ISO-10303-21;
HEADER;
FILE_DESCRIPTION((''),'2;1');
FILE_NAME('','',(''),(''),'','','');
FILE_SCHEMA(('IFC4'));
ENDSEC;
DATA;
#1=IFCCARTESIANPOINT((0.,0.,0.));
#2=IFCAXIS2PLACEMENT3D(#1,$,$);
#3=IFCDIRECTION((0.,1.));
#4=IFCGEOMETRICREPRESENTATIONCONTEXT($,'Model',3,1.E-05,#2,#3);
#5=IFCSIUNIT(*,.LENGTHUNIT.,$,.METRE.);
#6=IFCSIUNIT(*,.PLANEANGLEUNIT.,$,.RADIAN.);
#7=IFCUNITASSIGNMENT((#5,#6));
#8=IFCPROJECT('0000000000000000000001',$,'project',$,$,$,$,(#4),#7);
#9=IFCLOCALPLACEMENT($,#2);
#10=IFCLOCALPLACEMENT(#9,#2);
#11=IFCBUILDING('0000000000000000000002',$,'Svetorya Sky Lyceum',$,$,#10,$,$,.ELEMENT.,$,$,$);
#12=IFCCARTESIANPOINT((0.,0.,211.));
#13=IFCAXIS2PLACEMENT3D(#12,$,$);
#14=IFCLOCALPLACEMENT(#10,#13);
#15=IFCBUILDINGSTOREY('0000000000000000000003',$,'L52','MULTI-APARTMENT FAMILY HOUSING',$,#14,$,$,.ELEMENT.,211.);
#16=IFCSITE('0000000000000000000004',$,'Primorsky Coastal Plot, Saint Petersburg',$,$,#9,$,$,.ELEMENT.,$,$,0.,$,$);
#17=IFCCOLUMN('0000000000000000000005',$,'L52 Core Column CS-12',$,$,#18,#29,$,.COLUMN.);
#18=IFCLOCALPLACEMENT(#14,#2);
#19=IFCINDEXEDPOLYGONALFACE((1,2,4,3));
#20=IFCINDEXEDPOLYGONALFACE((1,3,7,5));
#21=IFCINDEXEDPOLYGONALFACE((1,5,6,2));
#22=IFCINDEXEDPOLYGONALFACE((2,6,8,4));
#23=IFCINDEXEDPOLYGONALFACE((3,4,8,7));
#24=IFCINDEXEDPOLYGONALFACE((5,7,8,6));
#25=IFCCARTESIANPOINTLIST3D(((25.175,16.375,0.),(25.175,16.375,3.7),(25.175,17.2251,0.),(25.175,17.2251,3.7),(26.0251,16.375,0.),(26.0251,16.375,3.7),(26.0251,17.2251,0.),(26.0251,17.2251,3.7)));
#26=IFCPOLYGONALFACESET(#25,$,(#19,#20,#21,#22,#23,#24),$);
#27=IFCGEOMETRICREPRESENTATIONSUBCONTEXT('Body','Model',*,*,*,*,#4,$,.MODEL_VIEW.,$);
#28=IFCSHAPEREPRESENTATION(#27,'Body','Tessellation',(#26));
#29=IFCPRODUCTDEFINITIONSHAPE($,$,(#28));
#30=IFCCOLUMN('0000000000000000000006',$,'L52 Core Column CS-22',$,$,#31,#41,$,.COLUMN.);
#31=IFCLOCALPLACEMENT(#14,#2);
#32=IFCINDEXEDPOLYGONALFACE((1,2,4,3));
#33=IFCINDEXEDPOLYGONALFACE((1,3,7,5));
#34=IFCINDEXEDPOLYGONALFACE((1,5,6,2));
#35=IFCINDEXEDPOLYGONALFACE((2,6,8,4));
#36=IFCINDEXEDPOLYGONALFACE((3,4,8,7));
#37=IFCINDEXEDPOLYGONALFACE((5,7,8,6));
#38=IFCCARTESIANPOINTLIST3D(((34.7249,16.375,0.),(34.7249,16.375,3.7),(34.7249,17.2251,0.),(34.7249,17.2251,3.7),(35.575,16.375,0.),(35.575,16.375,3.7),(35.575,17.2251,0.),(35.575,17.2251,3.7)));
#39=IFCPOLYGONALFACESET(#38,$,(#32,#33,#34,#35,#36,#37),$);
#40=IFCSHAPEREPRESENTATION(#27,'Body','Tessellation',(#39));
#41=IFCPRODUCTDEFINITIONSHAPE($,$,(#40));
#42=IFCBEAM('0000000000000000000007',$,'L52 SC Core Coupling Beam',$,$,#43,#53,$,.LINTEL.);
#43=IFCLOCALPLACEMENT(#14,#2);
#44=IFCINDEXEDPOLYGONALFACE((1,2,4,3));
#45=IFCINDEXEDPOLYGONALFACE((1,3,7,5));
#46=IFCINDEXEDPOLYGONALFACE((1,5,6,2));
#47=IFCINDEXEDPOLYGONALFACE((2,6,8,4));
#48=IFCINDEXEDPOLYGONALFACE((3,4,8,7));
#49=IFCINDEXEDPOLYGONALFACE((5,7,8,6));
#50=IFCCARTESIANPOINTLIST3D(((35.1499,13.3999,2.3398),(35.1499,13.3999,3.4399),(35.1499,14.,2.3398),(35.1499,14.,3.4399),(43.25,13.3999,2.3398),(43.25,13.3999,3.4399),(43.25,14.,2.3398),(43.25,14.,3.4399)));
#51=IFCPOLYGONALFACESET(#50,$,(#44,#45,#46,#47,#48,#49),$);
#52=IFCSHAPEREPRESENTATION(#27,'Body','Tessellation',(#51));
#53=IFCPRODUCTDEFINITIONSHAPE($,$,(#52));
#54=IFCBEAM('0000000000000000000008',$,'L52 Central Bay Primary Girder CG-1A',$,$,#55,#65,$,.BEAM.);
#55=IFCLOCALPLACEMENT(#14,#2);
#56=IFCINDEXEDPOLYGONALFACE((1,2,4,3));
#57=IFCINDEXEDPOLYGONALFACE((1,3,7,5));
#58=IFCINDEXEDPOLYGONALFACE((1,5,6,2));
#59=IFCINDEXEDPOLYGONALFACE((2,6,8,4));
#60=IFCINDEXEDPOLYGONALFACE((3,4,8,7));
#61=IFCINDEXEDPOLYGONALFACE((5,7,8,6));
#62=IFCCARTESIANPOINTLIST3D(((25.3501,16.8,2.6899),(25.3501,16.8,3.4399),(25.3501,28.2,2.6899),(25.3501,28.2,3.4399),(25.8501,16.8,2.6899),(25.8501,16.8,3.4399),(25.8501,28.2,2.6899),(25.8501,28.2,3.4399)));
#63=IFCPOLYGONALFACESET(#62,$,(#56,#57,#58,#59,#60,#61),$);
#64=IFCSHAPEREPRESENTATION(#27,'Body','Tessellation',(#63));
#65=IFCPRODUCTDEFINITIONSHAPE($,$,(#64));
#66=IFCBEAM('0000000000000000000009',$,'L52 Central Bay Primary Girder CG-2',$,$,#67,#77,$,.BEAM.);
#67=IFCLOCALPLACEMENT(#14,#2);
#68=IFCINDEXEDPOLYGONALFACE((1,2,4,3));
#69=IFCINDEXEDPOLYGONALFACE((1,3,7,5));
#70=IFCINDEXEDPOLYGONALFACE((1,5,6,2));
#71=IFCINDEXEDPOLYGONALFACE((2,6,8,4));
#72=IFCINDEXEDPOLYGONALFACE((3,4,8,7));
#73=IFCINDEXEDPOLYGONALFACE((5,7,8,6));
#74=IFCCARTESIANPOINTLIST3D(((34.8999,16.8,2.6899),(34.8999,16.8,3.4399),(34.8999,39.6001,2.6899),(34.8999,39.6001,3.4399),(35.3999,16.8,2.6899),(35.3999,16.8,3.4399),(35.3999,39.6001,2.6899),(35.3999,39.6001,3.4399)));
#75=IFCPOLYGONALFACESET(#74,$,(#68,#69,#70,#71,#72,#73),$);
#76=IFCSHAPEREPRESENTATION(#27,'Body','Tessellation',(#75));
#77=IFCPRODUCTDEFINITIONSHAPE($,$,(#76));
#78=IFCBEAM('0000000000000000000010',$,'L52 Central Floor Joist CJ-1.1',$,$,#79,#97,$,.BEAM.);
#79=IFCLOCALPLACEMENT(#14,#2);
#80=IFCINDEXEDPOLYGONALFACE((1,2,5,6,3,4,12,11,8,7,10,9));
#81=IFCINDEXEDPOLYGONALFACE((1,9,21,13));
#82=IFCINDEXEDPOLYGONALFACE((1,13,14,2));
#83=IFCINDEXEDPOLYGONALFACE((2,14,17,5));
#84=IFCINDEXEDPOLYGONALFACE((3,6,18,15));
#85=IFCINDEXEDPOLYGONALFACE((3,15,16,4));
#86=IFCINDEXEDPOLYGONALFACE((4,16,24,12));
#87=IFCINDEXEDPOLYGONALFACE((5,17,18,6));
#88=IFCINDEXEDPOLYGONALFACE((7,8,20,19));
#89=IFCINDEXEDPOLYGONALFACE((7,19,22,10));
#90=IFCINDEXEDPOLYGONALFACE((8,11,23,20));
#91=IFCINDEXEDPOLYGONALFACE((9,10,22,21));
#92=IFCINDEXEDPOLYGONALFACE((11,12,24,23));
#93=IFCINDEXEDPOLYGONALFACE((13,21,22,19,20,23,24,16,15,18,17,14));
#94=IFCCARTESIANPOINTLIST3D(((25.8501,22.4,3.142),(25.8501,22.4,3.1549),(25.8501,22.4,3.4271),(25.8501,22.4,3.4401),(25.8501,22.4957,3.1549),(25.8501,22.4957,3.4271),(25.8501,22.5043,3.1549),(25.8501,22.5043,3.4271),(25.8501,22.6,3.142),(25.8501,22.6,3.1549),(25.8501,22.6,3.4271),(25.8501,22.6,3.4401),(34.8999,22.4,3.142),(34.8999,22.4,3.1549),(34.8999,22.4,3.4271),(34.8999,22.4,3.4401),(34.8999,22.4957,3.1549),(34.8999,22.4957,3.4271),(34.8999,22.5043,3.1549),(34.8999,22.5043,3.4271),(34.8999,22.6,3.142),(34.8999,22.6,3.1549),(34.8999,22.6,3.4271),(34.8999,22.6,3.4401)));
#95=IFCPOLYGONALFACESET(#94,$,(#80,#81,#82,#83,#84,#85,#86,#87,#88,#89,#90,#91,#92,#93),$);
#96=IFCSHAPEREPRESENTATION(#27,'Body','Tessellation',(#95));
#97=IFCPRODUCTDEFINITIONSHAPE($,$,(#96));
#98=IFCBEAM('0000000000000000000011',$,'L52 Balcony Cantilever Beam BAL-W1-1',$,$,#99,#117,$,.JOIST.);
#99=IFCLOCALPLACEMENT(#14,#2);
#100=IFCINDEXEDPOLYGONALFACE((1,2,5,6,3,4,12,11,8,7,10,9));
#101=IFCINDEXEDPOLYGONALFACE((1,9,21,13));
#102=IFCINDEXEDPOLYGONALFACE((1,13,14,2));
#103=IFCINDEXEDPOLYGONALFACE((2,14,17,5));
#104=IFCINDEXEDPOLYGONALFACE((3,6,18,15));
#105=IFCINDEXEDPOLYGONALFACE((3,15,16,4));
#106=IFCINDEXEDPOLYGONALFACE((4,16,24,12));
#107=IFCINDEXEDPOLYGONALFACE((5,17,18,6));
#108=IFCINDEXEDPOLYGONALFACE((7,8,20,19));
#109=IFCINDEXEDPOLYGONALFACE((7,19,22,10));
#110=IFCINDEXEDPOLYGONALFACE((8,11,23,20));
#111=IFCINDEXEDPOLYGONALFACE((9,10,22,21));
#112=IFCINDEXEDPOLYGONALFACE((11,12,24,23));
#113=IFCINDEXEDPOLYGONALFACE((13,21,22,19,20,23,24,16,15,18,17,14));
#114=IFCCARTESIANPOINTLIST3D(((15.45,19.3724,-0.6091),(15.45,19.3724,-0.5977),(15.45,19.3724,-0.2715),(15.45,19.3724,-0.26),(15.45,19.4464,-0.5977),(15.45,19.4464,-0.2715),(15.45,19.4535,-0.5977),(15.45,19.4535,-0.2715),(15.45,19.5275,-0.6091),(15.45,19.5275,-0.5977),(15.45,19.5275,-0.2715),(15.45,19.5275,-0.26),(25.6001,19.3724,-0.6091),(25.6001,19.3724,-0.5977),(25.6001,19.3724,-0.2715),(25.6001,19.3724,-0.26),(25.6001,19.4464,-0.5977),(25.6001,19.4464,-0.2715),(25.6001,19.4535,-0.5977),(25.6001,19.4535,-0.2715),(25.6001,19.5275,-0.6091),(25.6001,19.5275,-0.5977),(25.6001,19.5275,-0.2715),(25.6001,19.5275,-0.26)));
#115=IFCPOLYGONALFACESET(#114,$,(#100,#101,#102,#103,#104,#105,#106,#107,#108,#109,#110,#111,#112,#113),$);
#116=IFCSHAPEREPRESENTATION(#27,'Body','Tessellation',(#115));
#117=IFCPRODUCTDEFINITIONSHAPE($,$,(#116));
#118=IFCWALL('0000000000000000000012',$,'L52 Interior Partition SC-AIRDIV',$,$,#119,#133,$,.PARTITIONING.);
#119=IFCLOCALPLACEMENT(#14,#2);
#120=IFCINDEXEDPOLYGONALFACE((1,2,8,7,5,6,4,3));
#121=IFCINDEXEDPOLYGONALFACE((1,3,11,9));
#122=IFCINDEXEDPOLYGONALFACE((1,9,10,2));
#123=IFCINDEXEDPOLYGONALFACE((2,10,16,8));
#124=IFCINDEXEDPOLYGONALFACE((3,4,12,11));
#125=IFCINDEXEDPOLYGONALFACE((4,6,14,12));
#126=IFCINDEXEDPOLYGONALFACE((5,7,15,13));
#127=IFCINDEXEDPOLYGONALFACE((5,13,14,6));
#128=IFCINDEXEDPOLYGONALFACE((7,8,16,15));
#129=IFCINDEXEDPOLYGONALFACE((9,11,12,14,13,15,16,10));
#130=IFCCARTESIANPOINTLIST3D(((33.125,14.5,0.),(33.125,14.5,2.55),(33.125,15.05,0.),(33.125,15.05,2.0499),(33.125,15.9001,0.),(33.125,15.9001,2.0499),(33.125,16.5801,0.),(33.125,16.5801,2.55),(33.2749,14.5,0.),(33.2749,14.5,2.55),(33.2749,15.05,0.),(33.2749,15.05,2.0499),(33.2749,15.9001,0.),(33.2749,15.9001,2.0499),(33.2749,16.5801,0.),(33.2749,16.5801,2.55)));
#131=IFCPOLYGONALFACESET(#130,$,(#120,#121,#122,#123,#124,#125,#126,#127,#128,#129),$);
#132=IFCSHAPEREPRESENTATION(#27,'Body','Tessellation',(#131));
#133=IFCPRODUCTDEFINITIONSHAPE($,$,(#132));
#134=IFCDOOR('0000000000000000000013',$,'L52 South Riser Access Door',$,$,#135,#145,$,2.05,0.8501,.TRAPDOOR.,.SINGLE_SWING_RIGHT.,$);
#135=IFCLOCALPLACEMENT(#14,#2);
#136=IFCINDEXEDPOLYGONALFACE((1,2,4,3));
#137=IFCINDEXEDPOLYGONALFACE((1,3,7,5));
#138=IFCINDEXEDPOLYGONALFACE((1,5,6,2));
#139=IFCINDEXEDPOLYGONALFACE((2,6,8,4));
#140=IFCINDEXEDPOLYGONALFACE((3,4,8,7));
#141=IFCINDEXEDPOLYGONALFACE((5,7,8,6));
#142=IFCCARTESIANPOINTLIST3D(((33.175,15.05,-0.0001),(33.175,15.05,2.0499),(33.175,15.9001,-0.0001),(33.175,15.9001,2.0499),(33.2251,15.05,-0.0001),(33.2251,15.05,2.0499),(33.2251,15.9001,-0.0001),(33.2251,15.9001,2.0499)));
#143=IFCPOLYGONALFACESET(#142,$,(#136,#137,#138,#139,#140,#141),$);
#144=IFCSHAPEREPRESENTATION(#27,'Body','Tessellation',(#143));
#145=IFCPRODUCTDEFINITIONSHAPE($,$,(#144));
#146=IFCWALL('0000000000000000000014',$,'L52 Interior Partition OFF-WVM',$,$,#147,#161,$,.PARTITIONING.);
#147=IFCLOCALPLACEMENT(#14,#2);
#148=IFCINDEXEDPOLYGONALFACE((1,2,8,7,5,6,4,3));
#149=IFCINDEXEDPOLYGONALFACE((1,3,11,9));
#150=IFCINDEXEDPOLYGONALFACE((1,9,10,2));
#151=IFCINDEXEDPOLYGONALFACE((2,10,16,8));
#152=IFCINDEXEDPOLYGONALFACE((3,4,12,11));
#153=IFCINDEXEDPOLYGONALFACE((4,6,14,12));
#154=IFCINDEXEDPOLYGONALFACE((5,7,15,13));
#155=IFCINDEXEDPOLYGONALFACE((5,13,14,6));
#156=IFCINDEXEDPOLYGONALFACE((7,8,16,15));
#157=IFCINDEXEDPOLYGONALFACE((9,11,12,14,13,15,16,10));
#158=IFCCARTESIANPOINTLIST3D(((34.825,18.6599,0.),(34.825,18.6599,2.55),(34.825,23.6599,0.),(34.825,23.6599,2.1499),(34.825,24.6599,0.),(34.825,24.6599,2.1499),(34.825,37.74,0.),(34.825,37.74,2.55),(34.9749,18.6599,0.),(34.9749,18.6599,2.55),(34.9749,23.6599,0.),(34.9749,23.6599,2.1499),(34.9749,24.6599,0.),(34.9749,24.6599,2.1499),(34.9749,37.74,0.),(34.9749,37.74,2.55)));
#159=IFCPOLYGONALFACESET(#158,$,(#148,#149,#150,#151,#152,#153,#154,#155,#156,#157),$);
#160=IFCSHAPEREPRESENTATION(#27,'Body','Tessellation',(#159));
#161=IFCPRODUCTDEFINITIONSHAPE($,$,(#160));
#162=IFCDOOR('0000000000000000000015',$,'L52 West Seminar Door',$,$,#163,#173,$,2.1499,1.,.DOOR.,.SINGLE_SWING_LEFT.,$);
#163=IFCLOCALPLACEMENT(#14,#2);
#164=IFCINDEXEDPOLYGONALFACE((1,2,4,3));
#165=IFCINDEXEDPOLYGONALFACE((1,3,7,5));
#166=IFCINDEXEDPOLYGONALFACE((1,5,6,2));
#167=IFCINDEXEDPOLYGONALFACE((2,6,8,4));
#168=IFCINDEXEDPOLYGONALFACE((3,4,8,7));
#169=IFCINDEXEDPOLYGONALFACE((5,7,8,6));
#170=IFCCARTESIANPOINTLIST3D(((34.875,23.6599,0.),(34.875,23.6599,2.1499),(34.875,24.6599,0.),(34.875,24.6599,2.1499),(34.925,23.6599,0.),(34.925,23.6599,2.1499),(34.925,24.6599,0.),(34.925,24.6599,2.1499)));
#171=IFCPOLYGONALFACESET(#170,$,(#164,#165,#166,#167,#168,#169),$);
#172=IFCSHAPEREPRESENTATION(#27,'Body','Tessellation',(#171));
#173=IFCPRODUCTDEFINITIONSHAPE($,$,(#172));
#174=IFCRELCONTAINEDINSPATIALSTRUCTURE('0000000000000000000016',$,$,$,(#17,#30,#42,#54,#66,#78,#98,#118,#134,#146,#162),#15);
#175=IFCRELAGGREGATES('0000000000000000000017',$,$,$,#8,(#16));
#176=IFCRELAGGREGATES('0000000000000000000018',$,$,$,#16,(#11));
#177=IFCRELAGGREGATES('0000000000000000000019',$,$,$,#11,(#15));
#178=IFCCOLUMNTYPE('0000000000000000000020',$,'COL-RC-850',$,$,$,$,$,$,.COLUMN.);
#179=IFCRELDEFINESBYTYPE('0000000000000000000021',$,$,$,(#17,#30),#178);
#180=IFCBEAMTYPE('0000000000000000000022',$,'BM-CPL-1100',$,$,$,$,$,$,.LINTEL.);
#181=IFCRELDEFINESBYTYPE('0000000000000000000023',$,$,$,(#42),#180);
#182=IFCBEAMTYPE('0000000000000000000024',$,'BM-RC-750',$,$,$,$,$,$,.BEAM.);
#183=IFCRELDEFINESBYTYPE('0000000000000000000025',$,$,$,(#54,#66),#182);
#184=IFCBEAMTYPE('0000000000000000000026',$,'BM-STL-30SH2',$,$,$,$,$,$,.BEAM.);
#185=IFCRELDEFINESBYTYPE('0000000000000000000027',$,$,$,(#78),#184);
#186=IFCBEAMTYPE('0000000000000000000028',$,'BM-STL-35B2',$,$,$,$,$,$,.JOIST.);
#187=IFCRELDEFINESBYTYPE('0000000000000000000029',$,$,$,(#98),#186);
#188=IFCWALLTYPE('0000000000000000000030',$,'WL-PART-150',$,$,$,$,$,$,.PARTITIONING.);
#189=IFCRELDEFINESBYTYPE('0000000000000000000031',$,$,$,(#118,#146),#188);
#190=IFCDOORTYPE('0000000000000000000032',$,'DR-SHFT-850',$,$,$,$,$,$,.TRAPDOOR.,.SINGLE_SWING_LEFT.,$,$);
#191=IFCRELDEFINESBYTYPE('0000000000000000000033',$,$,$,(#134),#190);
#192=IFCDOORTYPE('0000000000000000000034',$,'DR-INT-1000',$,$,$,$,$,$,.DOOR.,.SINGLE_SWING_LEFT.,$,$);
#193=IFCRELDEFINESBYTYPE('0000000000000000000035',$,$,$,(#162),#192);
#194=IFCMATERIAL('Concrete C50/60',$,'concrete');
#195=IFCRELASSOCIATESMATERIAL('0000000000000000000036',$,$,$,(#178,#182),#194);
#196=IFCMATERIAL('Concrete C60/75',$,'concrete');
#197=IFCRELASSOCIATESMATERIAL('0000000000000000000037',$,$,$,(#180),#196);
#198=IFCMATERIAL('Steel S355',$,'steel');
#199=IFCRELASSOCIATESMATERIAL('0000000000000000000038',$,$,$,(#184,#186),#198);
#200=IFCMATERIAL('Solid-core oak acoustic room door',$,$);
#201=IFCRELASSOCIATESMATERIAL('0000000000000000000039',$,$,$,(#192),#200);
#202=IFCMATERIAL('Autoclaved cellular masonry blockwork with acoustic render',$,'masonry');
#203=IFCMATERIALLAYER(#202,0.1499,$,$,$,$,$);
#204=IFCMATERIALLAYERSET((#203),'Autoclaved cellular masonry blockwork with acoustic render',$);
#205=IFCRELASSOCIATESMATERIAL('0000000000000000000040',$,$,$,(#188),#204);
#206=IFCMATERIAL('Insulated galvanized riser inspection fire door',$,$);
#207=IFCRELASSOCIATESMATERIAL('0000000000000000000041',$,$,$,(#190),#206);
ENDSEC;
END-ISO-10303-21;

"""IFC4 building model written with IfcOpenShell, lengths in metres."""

from ifc_helpers import new_model, si_unit, direction, frame, frame_2d, origin, origin_2d, place, context, subcontext, project, spatial, rectangle, i_section, extrude, material, layer, layer_set, material_profile, profile_set, type_object, element, fill, save


model = new_model("IFC4")

# Units and contexts
model_context = context("Model", 3, precision=1e-05, world=origin(), true_north=direction((0.0, 1.0)))
body_context = subcontext(model_context, "Body", "Model", "MODEL_VIEW")
ifc_project = project(units=[si_unit("LENGTHUNIT", "METRE"), si_unit("PLANEANGLEUNIT", "RADIAN")], contexts=[model_context])

# Site, building, storey
site_placement = place(None, origin())
site = spatial("IfcSite", under=ifc_project, at=site_placement, Name="Primorsky Coastal Plot, Saint Petersburg", CompositionType="ELEMENT", RefElevation=0.0)
building_placement = place(site_placement, origin())
building = spatial("IfcBuilding", under=site, at=building_placement, Name="Svetorya Sky Lyceum", CompositionType="ELEMENT")
storey_placement = place(building_placement, frame((0.0, 0.0, 211.0)))
storey = spatial("IfcBuildingStorey", under=building, at=storey_placement, Name="L52", Description="MULTI-APARTMENT FAMILY HOUSING", CompositionType="ELEMENT", Elevation=211.0)

# Columns
ifc_material_1 = material(Name="Concrete C50/60", Category="concrete")
ifc_material_profile_1 = material_profile(ifc_material_1, rectangle(XDim=0.8501, YDim=0.8501, at=origin_2d()), Name="RC COL 850x850")
ifc_profile_set_1 = profile_set([ifc_material_profile_1], Name="Concrete C50/60")
column_type = type_object("IfcColumnType", Name="COL-RC-850", PredefinedType="COLUMN", material=ifc_profile_set_1)
for number, where, z_axis, x_axis, name in (
    (1, (25.6001, 16.8, 0.0), (0.0, 0.0, 1.0), (1.0, 0.0, 0.0), "L52 Core Column CS-12"),
    (2, (35.1499, 16.8, 0.0), (0.0, 0.0, 1.0), (1.0, 0.0, 0.0), "L52 Core Column CS-22"),
):
    element("IfcColumn", number, at=place(storey_placement, frame(where, z_axis=z_axis, x_axis=x_axis)), inside=storey, type_object=column_type, Name=name, PredefinedType="COLUMN", context=body_context, shape_type="SweptSolid", body=[
        extrude(rectangle(XDim=0.8501, YDim=0.8501, at=origin_2d()), origin(), (0.0, 0.0, 1.0), 3.7),
    ])

# Beams
ifc_material_2 = material(Name="Concrete C60/75", Category="concrete")
ifc_material_profile_2 = material_profile(ifc_material_2, rectangle(XDim=0.6001, YDim=1.1001, at=origin_2d()), Name="RC COUPLING 600x1100")
ifc_profile_set_2 = profile_set([ifc_material_profile_2], Name="Concrete C60/75")
beam_type_1 = type_object("IfcBeamType", Name="BM-CPL-1100", PredefinedType="LINTEL", material=ifc_profile_set_2)
beam_1_placement = place(storey_placement, frame((35.1499, 13.7, 2.8899), z_axis=(1.0, 0.0, 0.0), x_axis=(0.0, 1.0, 0.0)))
element("IfcBeam", 3, at=beam_1_placement, inside=storey, type_object=beam_type_1, Name="L52 SC Core Coupling Beam", PredefinedType="LINTEL", context=body_context, shape_type="SweptSolid", body=[
    extrude(rectangle(XDim=0.6001, YDim=1.1001, at=origin_2d()), origin(), (0.0, 0.0, 1.0), 8.1001),
])
ifc_material_profile_3 = material_profile(ifc_material_1, rectangle(XDim=0.5, YDim=0.75, at=origin_2d()), Name="RC BEAM 500x750")
ifc_profile_set_3 = profile_set([ifc_material_profile_3], Name="Concrete C50/60")
beam_type_2 = type_object("IfcBeamType", Name="BM-RC-750", PredefinedType="BEAM", material=ifc_profile_set_3)
beam_2_placement = place(storey_placement, frame((25.6001, 16.8, 3.0649), z_axis=(0.0, 1.0, 0.0), x_axis=(-1.0, 0.0, 0.0)))
element("IfcBeam", 4, at=beam_2_placement, inside=storey, type_object=beam_type_2, Name="L52 Central Bay Primary Girder CG-1A", PredefinedType="BEAM", context=body_context, shape_type="SweptSolid", body=[
    extrude(rectangle(XDim=0.5, YDim=0.75, at=origin_2d()), origin(), (0.0, 0.0, 1.0), 11.3999),
])
beam_3_placement = place(storey_placement, frame((35.1499, 16.8, 3.0649), z_axis=(0.0, 1.0, 0.0), x_axis=(-1.0, 0.0, 0.0)))
element("IfcBeam", 5, at=beam_3_placement, inside=storey, type_object=beam_type_2, Name="L52 Central Bay Primary Girder CG-2", PredefinedType="BEAM", context=body_context, shape_type="SweptSolid", body=[
    extrude(rectangle(XDim=0.5, YDim=0.75, at=origin_2d()), origin(), (0.0, 0.0, 1.0), 22.8),
])
ifc_material_3 = material(Name="Steel S355", Category="steel")
ifc_material_profile_4 = material_profile(ifc_material_3, i_section(OverallWidth=0.2, OverallDepth=0.2981, WebThickness=0.0085, FlangeThickness=0.0129, at=origin_2d()), Name="GOST 30Sh2")
ifc_profile_set_4 = profile_set([ifc_material_profile_4], Name="Steel S355")
beam_type_3 = type_object("IfcBeamType", Name="BM-STL-30SH2", PredefinedType="BEAM", material=ifc_profile_set_4)
beam_4_placement = place(storey_placement, frame((25.8501, 22.5, 3.291), z_axis=(1.0, 0.0, 0.0), x_axis=(0.0, 1.0, 0.0)))
element("IfcBeam", 6, at=beam_4_placement, inside=storey, type_object=beam_type_3, Name="L52 Central Floor Joist CJ-1.1", PredefinedType="BEAM", context=body_context, shape_type="SweptSolid", body=[
    extrude(i_section(OverallWidth=0.2, OverallDepth=0.2981, WebThickness=0.0085, FlangeThickness=0.0129, at=origin_2d()), origin(), (0.0, 0.0, 1.0), 9.0498),
])
ifc_material_profile_5 = material_profile(ifc_material_3, i_section(OverallWidth=0.155, OverallDepth=0.3491, WebThickness=0.0071, FlangeThickness=0.0115, at=origin_2d()), Name="GOST 35B2")
ifc_profile_set_5 = profile_set([ifc_material_profile_5], Name="Steel S355")
beam_type_4 = type_object("IfcBeamType", Name="BM-STL-35B2", PredefinedType="JOIST", material=ifc_profile_set_5)
beam_5_placement = place(storey_placement, frame((25.6001, 19.45, -0.4346), z_axis=(-1.0, 0.0, 0.0), x_axis=(0.0, -1.0, 0.0)))
element("IfcBeam", 7, at=beam_5_placement, inside=storey, type_object=beam_type_4, Name="L52 Balcony Cantilever Beam BAL-W1-1", PredefinedType="JOIST", context=body_context, shape_type="SweptSolid", body=[
    extrude(i_section(OverallWidth=0.155, OverallDepth=0.3491, WebThickness=0.0071, FlangeThickness=0.0115, at=origin_2d()), origin(), (0.0, 0.0, 1.0), 10.1501),
])

# Shared definitions
ifc_material_4 = material(Name="Solid-core oak acoustic room door")
door_type_1 = type_object("IfcDoorType", Name="DR-INT-1000", OperationType="SINGLE_SWING_LEFT", PredefinedType="DOOR", material=ifc_material_4)

# Walls, openings, doors
ifc_material_5 = material(Name="Autoclaved cellular masonry blockwork with acoustic render", Category="masonry")
ifc_layer_1 = layer(ifc_material_5, 0.1499)
ifc_layer_set_1 = layer_set([ifc_layer_1], Name="Autoclaved cellular masonry blockwork with acoustic render")
wall_type_1 = type_object("IfcWallType", Name="WL-PART-150", PredefinedType="PARTITIONING", material=ifc_layer_set_1)
wall_1_placement = place(storey_placement, frame((33.2, 14.5, 0.0), z_axis=(0.0, 0.0, 1.0), x_axis=(0.0, 1.0, 0.0)))
wall_1 = element("IfcWall", 8, at=wall_1_placement, inside=storey, type_object=wall_type_1, Name="L52 Interior Partition SC-AIRDIV", PredefinedType="PARTITIONING", context=body_context, shape_type="SweptSolid", body=[
    extrude(rectangle(XDim=2.0801, YDim=0.1499, at=frame_2d((1.04, 0.0))), origin(), (0.0, 0.0, 1.0), 2.55),
])
opening_1_placement = place(wall_1_placement, frame((0.55, 0.0, 0.0)))
opening_1 = element("IfcOpeningElement", 9, at=opening_1_placement, cuts=wall_1, PredefinedType="OPENING", context=body_context, shape_type="SweptSolid", body=[
    extrude(rectangle(XDim=0.8501, YDim=2.05, at=frame_2d((0.425, 1.0249))), frame((0.0, 0.085, 0.0), z_axis=(0.0, -1.0, 0.0), x_axis=(1.0, 0.0, 0.0)), (0.0, 0.0, 1.0), 0.1699),
])
ifc_material_6 = material(Name="Insulated galvanized riser inspection fire door")
door_type_2 = type_object("IfcDoorType", Name="DR-SHFT-850", OperationType="SINGLE_SWING_LEFT", PredefinedType="TRAPDOOR", material=ifc_material_6)
door_1_placement = place(opening_1_placement, origin())
door_1 = element("IfcDoor", 10, at=door_1_placement, inside=storey, type_object=door_type_2, Name="L52 South Riser Access Door", OperationType="SINGLE_SWING_RIGHT", OverallHeight=2.05, OverallWidth=0.8501, PredefinedType="TRAPDOOR", context=body_context, shape_type="SweptSolid", body=[
    extrude(rectangle(XDim=0.8501, YDim=2.05, at=frame_2d((0.425, 1.0249))), frame((0.0, 0.0249, 0.0), z_axis=(0.0, -1.0, 0.0), x_axis=(1.0, 0.0, 0.0)), (0.0, 0.0, 1.0), 0.05),
])
fill(opening_1, door_1)
wall_2_placement = place(storey_placement, frame((34.8999, 18.6599, 0.0), z_axis=(0.0, 0.0, 1.0), x_axis=(0.0, 1.0, 0.0)))
wall_2 = element("IfcWall", 11, at=wall_2_placement, inside=storey, type_object=wall_type_1, Name="L52 Interior Partition OFF-WVM", PredefinedType="PARTITIONING", context=body_context, shape_type="SweptSolid", body=[
    extrude(rectangle(XDim=19.0801, YDim=0.1499, at=frame_2d((9.54, 0.0))), origin(), (0.0, 0.0, 1.0), 2.55),
])
opening_2_placement = place(wall_2_placement, frame((5.0, 0.0, 0.0)))
opening_2 = element("IfcOpeningElement", 12, at=opening_2_placement, cuts=wall_2, PredefinedType="OPENING", context=body_context, shape_type="SweptSolid", body=[
    extrude(rectangle(XDim=1.0, YDim=2.1499, at=frame_2d((0.5, 1.075))), frame((0.0, 0.085, 0.0), z_axis=(0.0, -1.0, 0.0), x_axis=(1.0, 0.0, 0.0)), (0.0, 0.0, 1.0), 0.1699),
])
door_2_placement = place(opening_2_placement, origin())
door_2 = element("IfcDoor", 13, at=door_2_placement, inside=storey, type_object=door_type_1, Name="L52 West Seminar Door", OperationType="SINGLE_SWING_LEFT", OverallHeight=2.1499, OverallWidth=1.0, PredefinedType="DOOR", context=body_context, shape_type="SweptSolid", body=[
    extrude(rectangle(XDim=1.0, YDim=2.1499, at=frame_2d((0.5, 1.075))), frame((0.0, 0.0249, 0.0), z_axis=(0.0, -1.0, 0.0), x_axis=(1.0, 0.0, 0.0)), (0.0, 0.0, 1.0), 0.05),
])
fill(opening_2, door_2)

save(model, "model.ifc")
